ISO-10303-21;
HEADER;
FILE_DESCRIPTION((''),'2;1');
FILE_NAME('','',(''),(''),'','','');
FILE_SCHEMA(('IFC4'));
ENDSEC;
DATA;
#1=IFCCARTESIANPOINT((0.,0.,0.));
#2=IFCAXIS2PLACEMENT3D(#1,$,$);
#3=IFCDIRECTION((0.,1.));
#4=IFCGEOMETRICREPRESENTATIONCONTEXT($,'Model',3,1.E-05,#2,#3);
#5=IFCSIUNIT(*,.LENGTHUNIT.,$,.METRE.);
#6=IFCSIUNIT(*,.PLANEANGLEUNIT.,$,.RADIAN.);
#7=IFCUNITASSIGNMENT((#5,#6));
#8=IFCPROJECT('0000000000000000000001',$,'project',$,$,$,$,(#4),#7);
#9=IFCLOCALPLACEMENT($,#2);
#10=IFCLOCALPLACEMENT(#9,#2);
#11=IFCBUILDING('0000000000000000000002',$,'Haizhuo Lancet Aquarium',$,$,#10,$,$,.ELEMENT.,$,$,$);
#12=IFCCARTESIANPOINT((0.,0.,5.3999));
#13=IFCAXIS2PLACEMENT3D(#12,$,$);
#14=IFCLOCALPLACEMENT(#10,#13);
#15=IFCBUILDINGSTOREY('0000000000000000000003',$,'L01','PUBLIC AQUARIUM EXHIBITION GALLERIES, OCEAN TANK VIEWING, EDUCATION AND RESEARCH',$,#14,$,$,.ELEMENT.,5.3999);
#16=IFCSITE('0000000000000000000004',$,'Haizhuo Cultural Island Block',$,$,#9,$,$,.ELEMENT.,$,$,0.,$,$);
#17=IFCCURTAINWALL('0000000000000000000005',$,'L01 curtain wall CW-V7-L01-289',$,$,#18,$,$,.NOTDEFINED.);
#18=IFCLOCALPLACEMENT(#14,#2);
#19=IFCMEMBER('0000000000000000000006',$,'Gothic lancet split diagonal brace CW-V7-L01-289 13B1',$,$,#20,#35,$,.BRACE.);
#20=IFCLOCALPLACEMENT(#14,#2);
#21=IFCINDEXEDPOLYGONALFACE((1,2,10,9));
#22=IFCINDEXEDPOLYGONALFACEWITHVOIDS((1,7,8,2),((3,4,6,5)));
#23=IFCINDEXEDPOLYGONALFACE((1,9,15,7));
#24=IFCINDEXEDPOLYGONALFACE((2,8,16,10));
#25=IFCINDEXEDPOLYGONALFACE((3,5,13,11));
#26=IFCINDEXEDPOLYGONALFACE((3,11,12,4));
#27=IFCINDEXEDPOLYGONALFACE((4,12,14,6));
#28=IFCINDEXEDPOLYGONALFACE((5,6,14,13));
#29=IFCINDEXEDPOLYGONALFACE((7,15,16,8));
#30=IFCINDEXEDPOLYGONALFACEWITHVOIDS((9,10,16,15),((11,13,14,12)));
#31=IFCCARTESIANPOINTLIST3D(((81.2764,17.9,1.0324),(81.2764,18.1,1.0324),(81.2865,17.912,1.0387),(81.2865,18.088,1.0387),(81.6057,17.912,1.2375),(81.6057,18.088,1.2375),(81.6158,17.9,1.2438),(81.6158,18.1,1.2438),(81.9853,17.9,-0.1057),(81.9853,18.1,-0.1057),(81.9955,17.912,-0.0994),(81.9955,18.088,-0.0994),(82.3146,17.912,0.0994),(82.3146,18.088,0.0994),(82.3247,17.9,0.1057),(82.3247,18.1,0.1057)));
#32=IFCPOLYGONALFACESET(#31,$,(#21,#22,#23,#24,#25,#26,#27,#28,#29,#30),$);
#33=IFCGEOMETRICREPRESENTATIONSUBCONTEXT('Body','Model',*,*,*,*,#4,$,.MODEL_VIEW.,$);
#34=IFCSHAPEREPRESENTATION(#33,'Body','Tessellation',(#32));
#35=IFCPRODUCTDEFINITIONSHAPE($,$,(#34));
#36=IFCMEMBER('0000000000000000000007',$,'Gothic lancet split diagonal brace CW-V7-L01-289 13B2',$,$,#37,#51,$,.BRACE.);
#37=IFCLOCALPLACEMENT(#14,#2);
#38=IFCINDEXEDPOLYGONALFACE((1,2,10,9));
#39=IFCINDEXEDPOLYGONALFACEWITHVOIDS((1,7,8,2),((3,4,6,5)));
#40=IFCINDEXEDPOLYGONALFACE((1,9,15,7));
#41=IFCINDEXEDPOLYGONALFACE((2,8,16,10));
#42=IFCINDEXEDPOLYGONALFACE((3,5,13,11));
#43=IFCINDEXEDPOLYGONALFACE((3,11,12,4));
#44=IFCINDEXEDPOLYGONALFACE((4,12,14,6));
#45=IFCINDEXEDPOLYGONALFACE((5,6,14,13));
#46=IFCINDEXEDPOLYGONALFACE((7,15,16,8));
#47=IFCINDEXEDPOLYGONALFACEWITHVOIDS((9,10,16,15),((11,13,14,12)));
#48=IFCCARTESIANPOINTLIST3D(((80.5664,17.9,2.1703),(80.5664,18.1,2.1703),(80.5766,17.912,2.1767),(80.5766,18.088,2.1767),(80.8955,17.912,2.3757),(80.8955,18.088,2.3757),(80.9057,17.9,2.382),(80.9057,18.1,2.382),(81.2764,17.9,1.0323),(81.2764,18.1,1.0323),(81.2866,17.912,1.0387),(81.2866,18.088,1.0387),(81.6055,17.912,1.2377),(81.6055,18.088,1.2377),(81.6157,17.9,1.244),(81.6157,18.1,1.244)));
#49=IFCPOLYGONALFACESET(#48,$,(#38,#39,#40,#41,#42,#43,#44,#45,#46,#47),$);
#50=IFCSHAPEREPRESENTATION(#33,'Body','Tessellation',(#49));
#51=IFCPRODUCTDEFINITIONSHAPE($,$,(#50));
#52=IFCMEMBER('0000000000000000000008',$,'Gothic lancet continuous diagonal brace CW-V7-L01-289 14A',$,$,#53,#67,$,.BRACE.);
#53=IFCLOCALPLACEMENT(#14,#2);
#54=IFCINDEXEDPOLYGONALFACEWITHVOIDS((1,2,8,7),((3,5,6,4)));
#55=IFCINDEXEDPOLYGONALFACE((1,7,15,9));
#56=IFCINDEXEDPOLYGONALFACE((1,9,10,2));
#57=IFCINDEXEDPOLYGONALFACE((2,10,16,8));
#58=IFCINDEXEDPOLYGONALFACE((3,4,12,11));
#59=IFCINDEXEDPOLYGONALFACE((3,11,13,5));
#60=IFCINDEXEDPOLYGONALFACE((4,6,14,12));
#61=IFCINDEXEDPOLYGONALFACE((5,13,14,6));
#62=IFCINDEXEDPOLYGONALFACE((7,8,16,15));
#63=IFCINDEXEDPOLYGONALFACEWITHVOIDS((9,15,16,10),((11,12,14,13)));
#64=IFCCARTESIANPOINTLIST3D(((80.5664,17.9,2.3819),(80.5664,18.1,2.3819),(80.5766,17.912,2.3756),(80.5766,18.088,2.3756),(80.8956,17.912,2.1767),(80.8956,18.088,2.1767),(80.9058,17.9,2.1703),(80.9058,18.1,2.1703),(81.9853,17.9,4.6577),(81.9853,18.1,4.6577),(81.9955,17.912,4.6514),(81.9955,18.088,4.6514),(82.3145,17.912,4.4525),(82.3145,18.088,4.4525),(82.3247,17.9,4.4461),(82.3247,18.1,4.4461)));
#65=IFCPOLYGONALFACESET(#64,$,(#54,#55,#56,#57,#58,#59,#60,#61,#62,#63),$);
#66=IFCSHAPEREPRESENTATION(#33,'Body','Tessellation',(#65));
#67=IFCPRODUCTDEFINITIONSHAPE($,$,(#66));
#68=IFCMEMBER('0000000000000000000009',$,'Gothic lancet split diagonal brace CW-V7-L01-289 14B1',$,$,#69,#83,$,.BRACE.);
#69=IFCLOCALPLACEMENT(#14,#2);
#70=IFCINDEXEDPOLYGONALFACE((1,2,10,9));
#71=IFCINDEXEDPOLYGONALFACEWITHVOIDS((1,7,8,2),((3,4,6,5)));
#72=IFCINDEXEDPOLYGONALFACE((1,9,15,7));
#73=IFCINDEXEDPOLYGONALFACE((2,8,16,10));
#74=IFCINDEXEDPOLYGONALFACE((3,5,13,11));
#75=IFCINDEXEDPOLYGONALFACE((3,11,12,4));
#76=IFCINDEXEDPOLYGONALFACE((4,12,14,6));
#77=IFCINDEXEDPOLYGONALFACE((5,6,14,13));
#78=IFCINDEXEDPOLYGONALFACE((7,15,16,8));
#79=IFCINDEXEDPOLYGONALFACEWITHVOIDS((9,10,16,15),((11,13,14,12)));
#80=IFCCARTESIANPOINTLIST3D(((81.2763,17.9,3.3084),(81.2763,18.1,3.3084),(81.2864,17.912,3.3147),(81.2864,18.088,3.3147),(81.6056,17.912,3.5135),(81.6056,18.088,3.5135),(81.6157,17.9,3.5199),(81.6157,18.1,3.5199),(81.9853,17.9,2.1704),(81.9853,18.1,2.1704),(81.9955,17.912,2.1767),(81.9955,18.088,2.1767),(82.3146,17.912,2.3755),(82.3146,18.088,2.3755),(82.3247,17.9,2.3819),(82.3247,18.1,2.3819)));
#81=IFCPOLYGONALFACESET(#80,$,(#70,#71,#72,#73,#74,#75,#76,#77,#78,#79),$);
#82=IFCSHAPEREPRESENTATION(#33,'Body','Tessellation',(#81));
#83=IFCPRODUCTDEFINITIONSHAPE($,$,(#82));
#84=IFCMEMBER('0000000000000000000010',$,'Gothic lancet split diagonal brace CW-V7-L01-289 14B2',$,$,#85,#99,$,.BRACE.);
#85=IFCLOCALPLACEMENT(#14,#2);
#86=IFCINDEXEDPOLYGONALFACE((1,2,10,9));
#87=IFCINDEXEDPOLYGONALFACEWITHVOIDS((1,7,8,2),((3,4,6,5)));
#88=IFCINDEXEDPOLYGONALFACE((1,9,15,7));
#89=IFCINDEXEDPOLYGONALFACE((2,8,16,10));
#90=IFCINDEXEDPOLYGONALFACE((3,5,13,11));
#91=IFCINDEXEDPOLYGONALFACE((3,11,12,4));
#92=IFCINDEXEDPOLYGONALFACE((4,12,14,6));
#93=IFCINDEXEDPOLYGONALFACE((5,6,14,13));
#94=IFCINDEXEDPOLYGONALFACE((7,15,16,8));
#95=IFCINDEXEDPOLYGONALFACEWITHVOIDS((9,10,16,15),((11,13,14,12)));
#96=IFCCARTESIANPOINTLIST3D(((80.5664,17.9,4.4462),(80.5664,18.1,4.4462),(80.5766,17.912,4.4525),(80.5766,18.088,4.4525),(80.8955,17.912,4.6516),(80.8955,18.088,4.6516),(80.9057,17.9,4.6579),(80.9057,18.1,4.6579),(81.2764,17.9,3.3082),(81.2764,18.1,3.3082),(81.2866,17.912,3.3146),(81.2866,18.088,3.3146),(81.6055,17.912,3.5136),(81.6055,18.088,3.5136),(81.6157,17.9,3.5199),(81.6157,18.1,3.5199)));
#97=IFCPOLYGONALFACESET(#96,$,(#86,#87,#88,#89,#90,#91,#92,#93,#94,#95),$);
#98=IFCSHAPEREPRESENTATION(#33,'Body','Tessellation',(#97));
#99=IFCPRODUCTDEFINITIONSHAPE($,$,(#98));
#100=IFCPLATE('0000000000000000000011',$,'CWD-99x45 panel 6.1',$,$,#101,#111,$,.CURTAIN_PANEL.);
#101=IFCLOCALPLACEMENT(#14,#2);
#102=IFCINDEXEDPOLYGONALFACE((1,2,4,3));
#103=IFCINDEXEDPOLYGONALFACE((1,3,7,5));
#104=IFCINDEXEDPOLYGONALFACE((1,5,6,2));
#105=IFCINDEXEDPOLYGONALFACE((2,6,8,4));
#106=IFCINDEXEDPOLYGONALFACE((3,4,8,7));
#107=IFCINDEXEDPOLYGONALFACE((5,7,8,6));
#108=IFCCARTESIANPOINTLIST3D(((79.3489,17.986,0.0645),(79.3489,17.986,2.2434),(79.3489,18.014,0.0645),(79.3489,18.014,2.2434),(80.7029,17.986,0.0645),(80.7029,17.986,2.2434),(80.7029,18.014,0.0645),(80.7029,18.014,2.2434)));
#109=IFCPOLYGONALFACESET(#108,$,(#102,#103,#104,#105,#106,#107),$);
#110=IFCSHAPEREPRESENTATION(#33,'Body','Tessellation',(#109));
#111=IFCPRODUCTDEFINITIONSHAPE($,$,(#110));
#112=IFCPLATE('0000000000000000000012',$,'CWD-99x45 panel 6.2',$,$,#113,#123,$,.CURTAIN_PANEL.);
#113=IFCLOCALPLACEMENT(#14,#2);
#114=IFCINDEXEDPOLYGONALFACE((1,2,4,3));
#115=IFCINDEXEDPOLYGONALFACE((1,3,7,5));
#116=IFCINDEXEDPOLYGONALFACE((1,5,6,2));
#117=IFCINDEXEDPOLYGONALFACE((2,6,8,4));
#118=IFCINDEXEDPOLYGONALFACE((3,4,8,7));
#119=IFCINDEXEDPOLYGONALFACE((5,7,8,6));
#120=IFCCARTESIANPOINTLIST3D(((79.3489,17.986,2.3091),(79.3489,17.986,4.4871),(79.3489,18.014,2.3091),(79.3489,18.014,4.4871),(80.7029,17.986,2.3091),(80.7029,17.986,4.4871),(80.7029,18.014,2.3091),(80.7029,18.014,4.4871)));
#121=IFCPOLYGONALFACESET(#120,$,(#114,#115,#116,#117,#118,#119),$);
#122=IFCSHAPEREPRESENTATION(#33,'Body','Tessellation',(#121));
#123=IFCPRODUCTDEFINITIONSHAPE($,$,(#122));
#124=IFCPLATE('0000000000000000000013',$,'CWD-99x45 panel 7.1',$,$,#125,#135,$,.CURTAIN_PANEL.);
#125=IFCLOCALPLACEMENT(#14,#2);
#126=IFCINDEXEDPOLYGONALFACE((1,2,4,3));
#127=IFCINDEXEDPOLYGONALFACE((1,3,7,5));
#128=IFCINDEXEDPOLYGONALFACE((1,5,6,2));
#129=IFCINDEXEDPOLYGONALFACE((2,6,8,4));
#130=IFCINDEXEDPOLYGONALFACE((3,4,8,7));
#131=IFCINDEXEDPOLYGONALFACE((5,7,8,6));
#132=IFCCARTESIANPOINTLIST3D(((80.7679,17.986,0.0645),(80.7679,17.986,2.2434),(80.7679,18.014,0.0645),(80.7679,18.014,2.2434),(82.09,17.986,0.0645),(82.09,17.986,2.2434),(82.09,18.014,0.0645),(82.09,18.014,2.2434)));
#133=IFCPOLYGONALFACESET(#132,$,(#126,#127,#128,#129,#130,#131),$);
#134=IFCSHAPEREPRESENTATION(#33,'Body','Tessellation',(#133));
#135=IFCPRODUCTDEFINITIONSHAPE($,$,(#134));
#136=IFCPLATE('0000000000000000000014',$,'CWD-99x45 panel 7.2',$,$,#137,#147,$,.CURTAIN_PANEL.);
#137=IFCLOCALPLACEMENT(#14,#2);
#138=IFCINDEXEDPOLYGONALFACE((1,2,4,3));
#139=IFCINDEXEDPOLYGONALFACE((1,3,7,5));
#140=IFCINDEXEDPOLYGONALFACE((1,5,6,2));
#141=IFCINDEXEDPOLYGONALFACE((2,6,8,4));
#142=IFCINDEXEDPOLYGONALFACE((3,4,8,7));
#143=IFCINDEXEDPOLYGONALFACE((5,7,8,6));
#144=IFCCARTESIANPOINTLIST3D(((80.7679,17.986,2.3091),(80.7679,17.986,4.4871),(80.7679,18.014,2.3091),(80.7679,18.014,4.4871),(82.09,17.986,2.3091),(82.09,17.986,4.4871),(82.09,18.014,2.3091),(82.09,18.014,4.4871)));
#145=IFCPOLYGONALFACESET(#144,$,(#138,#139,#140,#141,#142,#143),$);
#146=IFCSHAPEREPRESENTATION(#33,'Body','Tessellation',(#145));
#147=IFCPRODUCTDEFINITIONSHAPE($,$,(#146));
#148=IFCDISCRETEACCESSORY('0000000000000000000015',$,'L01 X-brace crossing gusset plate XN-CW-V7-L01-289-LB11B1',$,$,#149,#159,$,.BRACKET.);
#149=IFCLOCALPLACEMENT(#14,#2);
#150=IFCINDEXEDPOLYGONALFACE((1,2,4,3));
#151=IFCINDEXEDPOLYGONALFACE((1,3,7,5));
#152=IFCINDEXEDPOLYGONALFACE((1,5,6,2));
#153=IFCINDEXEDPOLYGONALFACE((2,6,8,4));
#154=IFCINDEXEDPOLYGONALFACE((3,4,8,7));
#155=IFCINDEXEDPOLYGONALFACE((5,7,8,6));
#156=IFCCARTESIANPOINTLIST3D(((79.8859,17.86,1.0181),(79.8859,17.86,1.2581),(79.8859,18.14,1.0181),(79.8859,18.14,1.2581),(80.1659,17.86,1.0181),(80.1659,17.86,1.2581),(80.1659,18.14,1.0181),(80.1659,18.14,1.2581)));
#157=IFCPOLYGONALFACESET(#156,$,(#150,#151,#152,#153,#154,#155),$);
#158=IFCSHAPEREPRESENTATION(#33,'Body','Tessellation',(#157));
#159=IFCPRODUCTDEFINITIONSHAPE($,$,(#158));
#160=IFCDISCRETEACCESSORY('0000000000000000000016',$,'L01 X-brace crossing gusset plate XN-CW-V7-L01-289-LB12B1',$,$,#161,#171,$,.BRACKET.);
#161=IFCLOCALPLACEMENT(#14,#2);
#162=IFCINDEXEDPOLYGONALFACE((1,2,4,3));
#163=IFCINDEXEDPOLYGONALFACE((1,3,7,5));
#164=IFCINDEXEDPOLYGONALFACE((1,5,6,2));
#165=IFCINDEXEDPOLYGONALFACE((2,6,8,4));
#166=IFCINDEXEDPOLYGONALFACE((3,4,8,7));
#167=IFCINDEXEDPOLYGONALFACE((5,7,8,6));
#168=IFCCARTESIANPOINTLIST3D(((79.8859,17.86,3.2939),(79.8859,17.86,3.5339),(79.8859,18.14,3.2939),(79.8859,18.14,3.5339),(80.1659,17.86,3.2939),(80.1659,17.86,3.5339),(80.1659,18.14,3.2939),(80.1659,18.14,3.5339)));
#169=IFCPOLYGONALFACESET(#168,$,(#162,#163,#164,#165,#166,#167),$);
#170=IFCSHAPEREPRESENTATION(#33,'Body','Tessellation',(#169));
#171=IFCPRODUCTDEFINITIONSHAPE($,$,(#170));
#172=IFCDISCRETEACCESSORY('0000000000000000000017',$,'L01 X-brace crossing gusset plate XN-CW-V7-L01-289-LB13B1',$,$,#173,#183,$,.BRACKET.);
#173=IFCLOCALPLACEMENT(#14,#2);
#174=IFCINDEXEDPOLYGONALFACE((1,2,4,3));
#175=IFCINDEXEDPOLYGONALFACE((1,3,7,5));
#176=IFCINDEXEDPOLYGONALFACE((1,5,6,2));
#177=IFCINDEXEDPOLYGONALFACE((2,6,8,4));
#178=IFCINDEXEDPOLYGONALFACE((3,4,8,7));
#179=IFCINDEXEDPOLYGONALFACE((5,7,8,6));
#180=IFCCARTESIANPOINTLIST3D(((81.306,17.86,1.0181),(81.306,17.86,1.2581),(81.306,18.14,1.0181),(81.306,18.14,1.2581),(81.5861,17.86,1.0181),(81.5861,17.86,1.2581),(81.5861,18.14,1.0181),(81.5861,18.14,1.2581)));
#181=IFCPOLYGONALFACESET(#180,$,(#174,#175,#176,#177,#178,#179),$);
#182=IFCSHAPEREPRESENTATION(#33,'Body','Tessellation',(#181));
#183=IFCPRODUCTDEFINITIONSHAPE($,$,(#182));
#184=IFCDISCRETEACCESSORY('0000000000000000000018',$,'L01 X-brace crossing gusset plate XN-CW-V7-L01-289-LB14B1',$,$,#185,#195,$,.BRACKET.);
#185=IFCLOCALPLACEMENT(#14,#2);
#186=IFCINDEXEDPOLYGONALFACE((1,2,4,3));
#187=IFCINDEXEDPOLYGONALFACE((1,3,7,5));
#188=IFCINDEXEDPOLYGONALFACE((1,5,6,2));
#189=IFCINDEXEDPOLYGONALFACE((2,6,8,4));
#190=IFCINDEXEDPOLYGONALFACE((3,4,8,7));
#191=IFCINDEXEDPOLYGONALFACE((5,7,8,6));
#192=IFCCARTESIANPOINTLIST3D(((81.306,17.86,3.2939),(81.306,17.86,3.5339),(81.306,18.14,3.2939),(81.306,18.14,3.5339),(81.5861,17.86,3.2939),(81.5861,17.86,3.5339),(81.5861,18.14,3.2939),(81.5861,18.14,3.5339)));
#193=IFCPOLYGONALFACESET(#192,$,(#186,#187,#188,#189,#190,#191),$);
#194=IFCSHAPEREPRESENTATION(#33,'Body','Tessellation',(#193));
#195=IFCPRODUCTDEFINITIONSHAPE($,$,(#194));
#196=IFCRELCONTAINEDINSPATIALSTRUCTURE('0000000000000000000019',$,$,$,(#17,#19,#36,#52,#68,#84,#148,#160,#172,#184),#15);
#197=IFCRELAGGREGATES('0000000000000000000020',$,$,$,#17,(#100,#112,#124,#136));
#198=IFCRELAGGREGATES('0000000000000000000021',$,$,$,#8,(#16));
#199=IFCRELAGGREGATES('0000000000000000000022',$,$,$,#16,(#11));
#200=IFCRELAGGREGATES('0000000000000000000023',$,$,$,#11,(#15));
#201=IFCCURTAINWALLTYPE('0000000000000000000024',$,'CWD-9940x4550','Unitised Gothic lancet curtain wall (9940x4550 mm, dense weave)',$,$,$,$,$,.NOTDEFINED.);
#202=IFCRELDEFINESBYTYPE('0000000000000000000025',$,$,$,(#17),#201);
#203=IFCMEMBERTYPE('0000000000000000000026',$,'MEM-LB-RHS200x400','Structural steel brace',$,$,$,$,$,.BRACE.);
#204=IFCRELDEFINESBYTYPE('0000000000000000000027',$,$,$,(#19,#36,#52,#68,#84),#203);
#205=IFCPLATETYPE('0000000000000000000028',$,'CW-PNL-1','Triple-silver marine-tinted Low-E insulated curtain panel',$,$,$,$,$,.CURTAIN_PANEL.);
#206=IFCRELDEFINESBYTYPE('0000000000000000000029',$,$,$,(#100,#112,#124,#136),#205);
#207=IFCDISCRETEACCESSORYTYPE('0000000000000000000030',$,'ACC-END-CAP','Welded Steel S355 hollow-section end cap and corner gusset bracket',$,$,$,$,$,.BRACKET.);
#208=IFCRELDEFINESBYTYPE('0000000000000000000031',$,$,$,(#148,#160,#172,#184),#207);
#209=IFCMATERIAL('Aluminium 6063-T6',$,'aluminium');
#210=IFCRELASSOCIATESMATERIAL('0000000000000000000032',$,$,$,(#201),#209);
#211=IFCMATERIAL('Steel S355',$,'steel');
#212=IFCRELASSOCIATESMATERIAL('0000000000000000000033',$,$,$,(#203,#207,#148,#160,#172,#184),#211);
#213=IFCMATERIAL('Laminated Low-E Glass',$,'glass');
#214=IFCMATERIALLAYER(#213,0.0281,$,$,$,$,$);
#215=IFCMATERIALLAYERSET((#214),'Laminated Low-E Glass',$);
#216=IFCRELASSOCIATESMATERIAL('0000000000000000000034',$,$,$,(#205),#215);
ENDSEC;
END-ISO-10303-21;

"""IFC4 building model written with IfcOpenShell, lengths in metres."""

from ifc_helpers import new_model, si_unit, direction, frame, origin, origin_2d, place, context, subcontext, project, spatial, rectangle, hollow_rectangle, extrude, material, layer, layer_set, material_profile, profile_set, type_object, element, aggregate, save


model = new_model("IFC4")

# Units and contexts
model_context = context("Model", 3, precision=1e-05, world=origin(), true_north=direction((0.0, 1.0)))
body_context = subcontext(model_context, "Body", "Model", "MODEL_VIEW")
ifc_project = project(units=[si_unit("LENGTHUNIT", "METRE"), si_unit("PLANEANGLEUNIT", "RADIAN")], contexts=[model_context])

# Site, building, storey
site_placement = place(None, origin())
site = spatial("IfcSite", under=ifc_project, at=site_placement, Name="Haizhuo Cultural Island Block", CompositionType="ELEMENT", RefElevation=0.0)
building_placement = place(site_placement, origin())
building = spatial("IfcBuilding", under=site, at=building_placement, Name="Haizhuo Lancet Aquarium", CompositionType="ELEMENT")
storey_placement = place(building_placement, frame((0.0, 0.0, 5.3999)))
storey = spatial("IfcBuildingStorey", under=building, at=storey_placement, Name="L01", Description="PUBLIC AQUARIUM EXHIBITION GALLERIES, OCEAN TANK VIEWING, EDUCATION AND RESEARCH", CompositionType="ELEMENT", Elevation=5.3999)

# Curtain wall
ifc_material_1 = material(Name="Aluminium 6063-T6", Category="aluminium")
curtain_wall_type = type_object("IfcCurtainWallType", Name="CWD-9940x4550", Description="Unitised Gothic lancet curtain wall (9940x4550 mm, dense weave)", PredefinedType="NOTDEFINED", material=ifc_material_1)
curtain_wall_placement = place(storey_placement, origin())
curtain_wall = element("IfcCurtainWall", 1, at=curtain_wall_placement, inside=storey, type_object=curtain_wall_type, Name="L01 curtain wall CW-V7-L01-289", PredefinedType="NOTDEFINED")

# Members
ifc_material_2 = material(Name="Steel S355", Category="steel")
ifc_material_profile_1 = material_profile(ifc_material_2, hollow_rectangle(XDim=0.2, YDim=0.3999, WallThickness=0.012, at=origin_2d()), Name="RHS 200x400x12")
ifc_profile_set_1 = profile_set([ifc_material_profile_1], Name="Steel S355")
member_type_1 = type_object("IfcMemberType", Name="MEM-LB-RHS200x400", Description="Structural steel brace", PredefinedType="BRACE", material=ifc_profile_set_1)
member_1_placement = place(storey_placement, frame((82.155, 18.0, 0.0), z_axis=(-0.528722, 0.0, 0.848795), x_axis=(0.0, -1.0, 0.0)))
element("IfcMember", 2, at=member_1_placement, inside=storey, type_object=member_type_1, Name="Gothic lancet split diagonal brace CW-V7-L01-289 13B1", PredefinedType="BRACE", context=body_context, shape_type="SweptSolid", body=[
    extrude(hollow_rectangle(XDim=0.2, YDim=0.3999, WallThickness=0.012, at=origin_2d()), origin(), (0.0, 0.0, 1.0), 1.3408),
])
member_2_placement = place(storey_placement, frame((81.446, 18.0, 1.1382), z_axis=(-0.529328, 0.0, 0.848417), x_axis=(0.0, -1.0, 0.0)))
element("IfcMember", 3, at=member_2_placement, inside=storey, type_object=member_type_1, Name="Gothic lancet split diagonal brace CW-V7-L01-289 13B2", PredefinedType="BRACE", context=body_context, shape_type="SweptSolid", body=[
    extrude(hollow_rectangle(XDim=0.2, YDim=0.3999, WallThickness=0.012, at=origin_2d()), origin(), (0.0, 0.0, 1.0), 1.3413),
])
member_3_placement = place(storey_placement, frame((80.7361, 18.0, 2.2761), z_axis=(0.529066, 0.0, 0.848581), x_axis=(0.0, 1.0, 0.0)))
element("IfcMember", 4, at=member_3_placement, inside=storey, type_object=member_type_1, Name="Gothic lancet continuous diagonal brace CW-V7-L01-289 14A", PredefinedType="BRACE", context=body_context, shape_type="SweptSolid", body=[
    extrude(hollow_rectangle(XDim=0.2, YDim=0.3999, WallThickness=0.012, at=origin_2d()), origin(), (0.0, 0.0, 1.0), 2.6819),
])
member_4_placement = place(storey_placement, frame((82.155, 18.0, 2.2761), z_axis=(-0.528804, 0.0, 0.848744), x_axis=(0.0, -1.0, 0.0)))
element("IfcMember", 5, at=member_4_placement, inside=storey, type_object=member_type_1, Name="Gothic lancet split diagonal brace CW-V7-L01-289 14B1", PredefinedType="BRACE", context=body_context, shape_type="SweptSolid", body=[
    extrude(hollow_rectangle(XDim=0.2, YDim=0.3999, WallThickness=0.012, at=origin_2d()), origin(), (0.0, 0.0, 1.0), 1.3408),
])
member_5_placement = place(storey_placement, frame((81.446, 18.0, 3.4141), z_axis=(-0.529328, 0.0, 0.848417), x_axis=(0.0, -1.0, 0.0)))
element("IfcMember", 6, at=member_5_placement, inside=storey, type_object=member_type_1, Name="Gothic lancet split diagonal brace CW-V7-L01-289 14B2", PredefinedType="BRACE", context=body_context, shape_type="SweptSolid", body=[
    extrude(hollow_rectangle(XDim=0.2, YDim=0.3999, WallThickness=0.012, at=origin_2d()), origin(), (0.0, 0.0, 1.0), 1.3413),
])

# Plates
ifc_material_3 = material(Name="Laminated Low-E Glass", Category="glass")
ifc_layer = layer(ifc_material_3, 0.0281)
ifc_layer_set = layer_set([ifc_layer], Name="Laminated Low-E Glass")
plate_type = type_object("IfcPlateType", Name="CW-PNL-1", Description="Triple-silver marine-tinted Low-E insulated curtain panel", PredefinedType="CURTAIN_PANEL", material=ifc_layer_set)
plate_1_placement = place(storey_placement, frame((80.0259, 18.0, 0.0645), z_axis=(0.0, 0.0, 1.0), x_axis=(1.0, 0.0, 0.0)))
plate_1 = element("IfcPlate", 7, at=plate_1_placement, type_object=plate_type, Name="CWD-99x45 panel 6.1", PredefinedType="CURTAIN_PANEL", context=body_context, shape_type="SweptSolid", body=[
    extrude(rectangle(XDim=1.354, YDim=0.0281, at=origin_2d()), origin(), (0.0, 0.0, 1.0), 2.179),
])
plate_2_placement = place(storey_placement, frame((80.0259, 18.0, 2.3091), z_axis=(0.0, 0.0, 1.0), x_axis=(1.0, 0.0, 0.0)))
plate_2 = element("IfcPlate", 8, at=plate_2_placement, type_object=plate_type, Name="CWD-99x45 panel 6.2", PredefinedType="CURTAIN_PANEL", context=body_context, shape_type="SweptSolid", body=[
    extrude(rectangle(XDim=1.354, YDim=0.0281, at=origin_2d()), origin(), (0.0, 0.0, 1.0), 2.178),
])
plate_3_placement = place(storey_placement, frame((81.429, 18.0, 0.0645), z_axis=(0.0, 0.0, 1.0), x_axis=(1.0, 0.0, 0.0)))
plate_3 = element("IfcPlate", 9, at=plate_3_placement, type_object=plate_type, Name="CWD-99x45 panel 7.1", PredefinedType="CURTAIN_PANEL", context=body_context, shape_type="SweptSolid", body=[
    extrude(rectangle(XDim=1.322, YDim=0.0281, at=origin_2d()), origin(), (0.0, 0.0, 1.0), 2.179),
])
plate_4_placement = place(storey_placement, frame((81.429, 18.0, 2.3091), z_axis=(0.0, 0.0, 1.0), x_axis=(1.0, 0.0, 0.0)))
plate_4 = element("IfcPlate", 10, at=plate_4_placement, type_object=plate_type, Name="CWD-99x45 panel 7.2", PredefinedType="CURTAIN_PANEL", context=body_context, shape_type="SweptSolid", body=[
    extrude(rectangle(XDim=1.322, YDim=0.0281, at=origin_2d()), origin(), (0.0, 0.0, 1.0), 2.178),
])
aggregate(curtain_wall, [plate_1, plate_2, plate_3, plate_4])

# Discrete accessories
discrete_accessory_type = type_object("IfcDiscreteAccessoryType", Name="ACC-END-CAP", Description="Welded Steel S355 hollow-section end cap and corner gusset bracket", PredefinedType="BRACKET", material=ifc_material_2)
for number, where, z_axis, x_axis, name in (
    (11, (80.0259, 18.0, 1.0181), (0.0, 0.0, 1.0), (1.0, 0.0, 0.0), "L01 X-brace crossing gusset plate XN-CW-V7-L01-289-LB11B1"),
    (12, (80.0259, 18.0, 3.2939), (0.0, 0.0, 1.0), (1.0, 0.0, 0.0), "L01 X-brace crossing gusset plate XN-CW-V7-L01-289-LB12B1"),
    (13, (81.446, 18.0, 1.0181), (0.0, 0.0, 1.0), (1.0, 0.0, 0.0), "L01 X-brace crossing gusset plate XN-CW-V7-L01-289-LB13B1"),
    (14, (81.446, 18.0, 3.2939), (0.0, 0.0, 1.0), (1.0, 0.0, 0.0), "L01 X-brace crossing gusset plate XN-CW-V7-L01-289-LB14B1"),
):
    element("IfcDiscreteAccessory", number, at=place(storey_placement, frame(where, z_axis=z_axis, x_axis=x_axis)), inside=storey, type_object=discrete_accessory_type, material=ifc_material_2, Name=name, PredefinedType="BRACKET", context=body_context, shape_type="SweptSolid", body=[
        extrude(rectangle(XDim=0.28, YDim=0.28, at=origin_2d()), origin(), (0.0, 0.0, 1.0), 0.24),
    ])

save(model, "model.ifc")
